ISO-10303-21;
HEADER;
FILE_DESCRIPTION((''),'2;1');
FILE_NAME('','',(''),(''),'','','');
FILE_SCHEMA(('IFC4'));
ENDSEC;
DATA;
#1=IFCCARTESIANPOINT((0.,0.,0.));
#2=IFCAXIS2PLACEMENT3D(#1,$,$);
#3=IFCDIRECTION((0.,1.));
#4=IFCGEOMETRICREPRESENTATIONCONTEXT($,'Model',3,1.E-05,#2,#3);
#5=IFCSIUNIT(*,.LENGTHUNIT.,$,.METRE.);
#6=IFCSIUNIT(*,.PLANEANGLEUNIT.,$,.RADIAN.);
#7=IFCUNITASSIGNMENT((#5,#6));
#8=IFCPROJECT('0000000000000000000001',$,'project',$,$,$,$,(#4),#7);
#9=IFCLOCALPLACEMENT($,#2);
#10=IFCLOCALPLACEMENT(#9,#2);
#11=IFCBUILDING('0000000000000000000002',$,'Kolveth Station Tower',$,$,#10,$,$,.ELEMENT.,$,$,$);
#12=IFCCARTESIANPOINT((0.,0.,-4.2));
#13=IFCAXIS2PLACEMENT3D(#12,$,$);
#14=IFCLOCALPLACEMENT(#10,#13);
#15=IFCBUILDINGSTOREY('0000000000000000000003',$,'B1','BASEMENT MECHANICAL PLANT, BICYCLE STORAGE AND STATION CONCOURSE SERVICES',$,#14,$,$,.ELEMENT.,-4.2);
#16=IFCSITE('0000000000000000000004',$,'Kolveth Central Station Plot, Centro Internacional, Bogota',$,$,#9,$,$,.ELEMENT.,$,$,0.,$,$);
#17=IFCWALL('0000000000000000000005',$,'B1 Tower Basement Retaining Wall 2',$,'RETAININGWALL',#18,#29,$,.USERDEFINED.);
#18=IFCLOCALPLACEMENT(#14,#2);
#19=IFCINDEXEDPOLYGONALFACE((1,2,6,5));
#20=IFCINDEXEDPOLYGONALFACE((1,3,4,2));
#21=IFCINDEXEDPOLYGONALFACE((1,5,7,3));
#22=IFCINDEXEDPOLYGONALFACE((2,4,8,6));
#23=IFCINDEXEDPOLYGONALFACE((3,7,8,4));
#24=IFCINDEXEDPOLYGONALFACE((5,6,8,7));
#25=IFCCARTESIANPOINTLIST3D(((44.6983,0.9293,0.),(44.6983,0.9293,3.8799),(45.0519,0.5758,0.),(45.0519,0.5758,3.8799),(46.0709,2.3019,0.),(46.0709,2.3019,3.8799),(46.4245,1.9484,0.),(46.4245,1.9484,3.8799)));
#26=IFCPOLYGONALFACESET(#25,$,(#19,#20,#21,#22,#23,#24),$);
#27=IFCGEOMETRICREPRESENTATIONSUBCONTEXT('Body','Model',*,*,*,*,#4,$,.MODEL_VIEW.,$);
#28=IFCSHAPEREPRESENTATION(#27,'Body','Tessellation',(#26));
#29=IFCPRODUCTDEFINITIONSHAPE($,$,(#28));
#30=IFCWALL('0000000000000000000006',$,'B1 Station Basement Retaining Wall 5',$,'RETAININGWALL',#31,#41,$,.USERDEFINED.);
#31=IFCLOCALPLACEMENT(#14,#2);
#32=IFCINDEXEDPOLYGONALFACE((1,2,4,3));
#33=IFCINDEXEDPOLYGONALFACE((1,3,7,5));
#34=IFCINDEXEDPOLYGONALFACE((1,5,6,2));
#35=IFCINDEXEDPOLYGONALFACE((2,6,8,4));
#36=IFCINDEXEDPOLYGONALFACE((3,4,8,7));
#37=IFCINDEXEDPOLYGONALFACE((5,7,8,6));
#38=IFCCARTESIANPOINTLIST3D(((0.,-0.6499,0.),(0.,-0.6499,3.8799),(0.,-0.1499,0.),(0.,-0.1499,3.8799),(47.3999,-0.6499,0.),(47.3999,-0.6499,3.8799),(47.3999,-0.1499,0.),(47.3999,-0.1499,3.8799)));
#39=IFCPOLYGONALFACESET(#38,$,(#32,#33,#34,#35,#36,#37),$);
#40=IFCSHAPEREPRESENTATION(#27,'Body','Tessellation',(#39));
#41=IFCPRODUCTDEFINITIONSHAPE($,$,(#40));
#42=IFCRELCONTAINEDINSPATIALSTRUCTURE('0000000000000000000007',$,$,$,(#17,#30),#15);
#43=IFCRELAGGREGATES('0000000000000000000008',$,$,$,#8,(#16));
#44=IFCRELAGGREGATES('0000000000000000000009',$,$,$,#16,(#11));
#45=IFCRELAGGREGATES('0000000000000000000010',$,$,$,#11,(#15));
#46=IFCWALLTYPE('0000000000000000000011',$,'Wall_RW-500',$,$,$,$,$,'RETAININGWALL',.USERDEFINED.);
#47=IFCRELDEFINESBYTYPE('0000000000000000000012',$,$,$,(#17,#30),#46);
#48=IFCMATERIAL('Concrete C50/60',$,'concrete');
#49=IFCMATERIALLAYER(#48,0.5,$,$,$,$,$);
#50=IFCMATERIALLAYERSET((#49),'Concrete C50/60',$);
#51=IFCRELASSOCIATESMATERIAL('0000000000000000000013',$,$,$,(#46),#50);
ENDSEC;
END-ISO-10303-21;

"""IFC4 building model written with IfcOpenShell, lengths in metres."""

from ifc_helpers import new_model, si_unit, direction, frame, frame_2d, origin, place, context, subcontext, project, spatial, rectangle, extrude, material, layer, layer_set, type_object, element, save


model = new_model("IFC4")

# Units and contexts
model_context = context("Model", 3, precision=1e-05, world=origin(), true_north=direction((0.0, 1.0)))
body_context = subcontext(model_context, "Body", "Model", "MODEL_VIEW")
ifc_project = project(units=[si_unit("LENGTHUNIT", "METRE"), si_unit("PLANEANGLEUNIT", "RADIAN")], contexts=[model_context])

# Site, building, storey
site_placement = place(None, origin())
site = spatial("IfcSite", under=ifc_project, at=site_placement, Name="Kolveth Central Station Plot, Centro Internacional, Bogota", CompositionType="ELEMENT", RefElevation=0.0)
building_placement = place(site_placement, origin())
building = spatial("IfcBuilding", under=site, at=building_placement, Name="Kolveth Station Tower", CompositionType="ELEMENT")
storey_placement = place(building_placement, frame((0.0, 0.0, -4.2)))
storey = spatial("IfcBuildingStorey", under=building, at=storey_placement, Name="B1", Description="BASEMENT MECHANICAL PLANT, BICYCLE STORAGE AND STATION CONCOURSE SERVICES", CompositionType="ELEMENT", Elevation=-4.2)

# Shared definitions
ifc_material_1 = material(Name="Concrete C50/60", Category="concrete")

# Walls
ifc_layer_1 = layer(ifc_material_1, 0.5)
ifc_layer_set_1 = layer_set([ifc_layer_1], Name="Concrete C50/60")
wall_type_1 = type_object("IfcWallType", Name="Wall_RW-500", ElementType="RETAININGWALL", PredefinedType="USERDEFINED", material=ifc_layer_set_1)
for number, where, z_axis, x_axis, name in (
    (1, (44.875, 0.7524, 0.0), (0.0, 0.0, 1.0), (0.707107, 0.707107, 0.0), "B1 Tower Basement Retaining Wall 2"),
):
    element("IfcWall", number, at=place(storey_placement, frame(where, z_axis=z_axis, x_axis=x_axis)), inside=storey, type_object=wall_type_1, Name=name, ObjectType="RETAININGWALL", PredefinedType="USERDEFINED", context=body_context, shape_type="SweptSolid", body=[
        extrude(rectangle(XDim=1.9412, YDim=0.5, at=frame_2d((0.9707, 0.0))), origin(), (0.0, 0.0, 1.0), 3.8799),
    ])
wall_1_placement = place(storey_placement, frame((47.3999, -0.3999, 0.0), z_axis=(0.0, 0.0, 1.0), x_axis=(-1.0, 0.0, 0.0)))
element("IfcWall", 2, at=wall_1_placement, inside=storey, type_object=wall_type_1, Name="B1 Station Basement Retaining Wall 5", ObjectType="RETAININGWALL", PredefinedType="USERDEFINED", context=body_context, shape_type="SweptSolid", body=[
    extrude(rectangle(XDim=47.3999, YDim=0.5, at=frame_2d((23.7, 0.0))), origin(), (0.0, 0.0, 1.0), 3.8799),
])

save(model, "model.ifc")
